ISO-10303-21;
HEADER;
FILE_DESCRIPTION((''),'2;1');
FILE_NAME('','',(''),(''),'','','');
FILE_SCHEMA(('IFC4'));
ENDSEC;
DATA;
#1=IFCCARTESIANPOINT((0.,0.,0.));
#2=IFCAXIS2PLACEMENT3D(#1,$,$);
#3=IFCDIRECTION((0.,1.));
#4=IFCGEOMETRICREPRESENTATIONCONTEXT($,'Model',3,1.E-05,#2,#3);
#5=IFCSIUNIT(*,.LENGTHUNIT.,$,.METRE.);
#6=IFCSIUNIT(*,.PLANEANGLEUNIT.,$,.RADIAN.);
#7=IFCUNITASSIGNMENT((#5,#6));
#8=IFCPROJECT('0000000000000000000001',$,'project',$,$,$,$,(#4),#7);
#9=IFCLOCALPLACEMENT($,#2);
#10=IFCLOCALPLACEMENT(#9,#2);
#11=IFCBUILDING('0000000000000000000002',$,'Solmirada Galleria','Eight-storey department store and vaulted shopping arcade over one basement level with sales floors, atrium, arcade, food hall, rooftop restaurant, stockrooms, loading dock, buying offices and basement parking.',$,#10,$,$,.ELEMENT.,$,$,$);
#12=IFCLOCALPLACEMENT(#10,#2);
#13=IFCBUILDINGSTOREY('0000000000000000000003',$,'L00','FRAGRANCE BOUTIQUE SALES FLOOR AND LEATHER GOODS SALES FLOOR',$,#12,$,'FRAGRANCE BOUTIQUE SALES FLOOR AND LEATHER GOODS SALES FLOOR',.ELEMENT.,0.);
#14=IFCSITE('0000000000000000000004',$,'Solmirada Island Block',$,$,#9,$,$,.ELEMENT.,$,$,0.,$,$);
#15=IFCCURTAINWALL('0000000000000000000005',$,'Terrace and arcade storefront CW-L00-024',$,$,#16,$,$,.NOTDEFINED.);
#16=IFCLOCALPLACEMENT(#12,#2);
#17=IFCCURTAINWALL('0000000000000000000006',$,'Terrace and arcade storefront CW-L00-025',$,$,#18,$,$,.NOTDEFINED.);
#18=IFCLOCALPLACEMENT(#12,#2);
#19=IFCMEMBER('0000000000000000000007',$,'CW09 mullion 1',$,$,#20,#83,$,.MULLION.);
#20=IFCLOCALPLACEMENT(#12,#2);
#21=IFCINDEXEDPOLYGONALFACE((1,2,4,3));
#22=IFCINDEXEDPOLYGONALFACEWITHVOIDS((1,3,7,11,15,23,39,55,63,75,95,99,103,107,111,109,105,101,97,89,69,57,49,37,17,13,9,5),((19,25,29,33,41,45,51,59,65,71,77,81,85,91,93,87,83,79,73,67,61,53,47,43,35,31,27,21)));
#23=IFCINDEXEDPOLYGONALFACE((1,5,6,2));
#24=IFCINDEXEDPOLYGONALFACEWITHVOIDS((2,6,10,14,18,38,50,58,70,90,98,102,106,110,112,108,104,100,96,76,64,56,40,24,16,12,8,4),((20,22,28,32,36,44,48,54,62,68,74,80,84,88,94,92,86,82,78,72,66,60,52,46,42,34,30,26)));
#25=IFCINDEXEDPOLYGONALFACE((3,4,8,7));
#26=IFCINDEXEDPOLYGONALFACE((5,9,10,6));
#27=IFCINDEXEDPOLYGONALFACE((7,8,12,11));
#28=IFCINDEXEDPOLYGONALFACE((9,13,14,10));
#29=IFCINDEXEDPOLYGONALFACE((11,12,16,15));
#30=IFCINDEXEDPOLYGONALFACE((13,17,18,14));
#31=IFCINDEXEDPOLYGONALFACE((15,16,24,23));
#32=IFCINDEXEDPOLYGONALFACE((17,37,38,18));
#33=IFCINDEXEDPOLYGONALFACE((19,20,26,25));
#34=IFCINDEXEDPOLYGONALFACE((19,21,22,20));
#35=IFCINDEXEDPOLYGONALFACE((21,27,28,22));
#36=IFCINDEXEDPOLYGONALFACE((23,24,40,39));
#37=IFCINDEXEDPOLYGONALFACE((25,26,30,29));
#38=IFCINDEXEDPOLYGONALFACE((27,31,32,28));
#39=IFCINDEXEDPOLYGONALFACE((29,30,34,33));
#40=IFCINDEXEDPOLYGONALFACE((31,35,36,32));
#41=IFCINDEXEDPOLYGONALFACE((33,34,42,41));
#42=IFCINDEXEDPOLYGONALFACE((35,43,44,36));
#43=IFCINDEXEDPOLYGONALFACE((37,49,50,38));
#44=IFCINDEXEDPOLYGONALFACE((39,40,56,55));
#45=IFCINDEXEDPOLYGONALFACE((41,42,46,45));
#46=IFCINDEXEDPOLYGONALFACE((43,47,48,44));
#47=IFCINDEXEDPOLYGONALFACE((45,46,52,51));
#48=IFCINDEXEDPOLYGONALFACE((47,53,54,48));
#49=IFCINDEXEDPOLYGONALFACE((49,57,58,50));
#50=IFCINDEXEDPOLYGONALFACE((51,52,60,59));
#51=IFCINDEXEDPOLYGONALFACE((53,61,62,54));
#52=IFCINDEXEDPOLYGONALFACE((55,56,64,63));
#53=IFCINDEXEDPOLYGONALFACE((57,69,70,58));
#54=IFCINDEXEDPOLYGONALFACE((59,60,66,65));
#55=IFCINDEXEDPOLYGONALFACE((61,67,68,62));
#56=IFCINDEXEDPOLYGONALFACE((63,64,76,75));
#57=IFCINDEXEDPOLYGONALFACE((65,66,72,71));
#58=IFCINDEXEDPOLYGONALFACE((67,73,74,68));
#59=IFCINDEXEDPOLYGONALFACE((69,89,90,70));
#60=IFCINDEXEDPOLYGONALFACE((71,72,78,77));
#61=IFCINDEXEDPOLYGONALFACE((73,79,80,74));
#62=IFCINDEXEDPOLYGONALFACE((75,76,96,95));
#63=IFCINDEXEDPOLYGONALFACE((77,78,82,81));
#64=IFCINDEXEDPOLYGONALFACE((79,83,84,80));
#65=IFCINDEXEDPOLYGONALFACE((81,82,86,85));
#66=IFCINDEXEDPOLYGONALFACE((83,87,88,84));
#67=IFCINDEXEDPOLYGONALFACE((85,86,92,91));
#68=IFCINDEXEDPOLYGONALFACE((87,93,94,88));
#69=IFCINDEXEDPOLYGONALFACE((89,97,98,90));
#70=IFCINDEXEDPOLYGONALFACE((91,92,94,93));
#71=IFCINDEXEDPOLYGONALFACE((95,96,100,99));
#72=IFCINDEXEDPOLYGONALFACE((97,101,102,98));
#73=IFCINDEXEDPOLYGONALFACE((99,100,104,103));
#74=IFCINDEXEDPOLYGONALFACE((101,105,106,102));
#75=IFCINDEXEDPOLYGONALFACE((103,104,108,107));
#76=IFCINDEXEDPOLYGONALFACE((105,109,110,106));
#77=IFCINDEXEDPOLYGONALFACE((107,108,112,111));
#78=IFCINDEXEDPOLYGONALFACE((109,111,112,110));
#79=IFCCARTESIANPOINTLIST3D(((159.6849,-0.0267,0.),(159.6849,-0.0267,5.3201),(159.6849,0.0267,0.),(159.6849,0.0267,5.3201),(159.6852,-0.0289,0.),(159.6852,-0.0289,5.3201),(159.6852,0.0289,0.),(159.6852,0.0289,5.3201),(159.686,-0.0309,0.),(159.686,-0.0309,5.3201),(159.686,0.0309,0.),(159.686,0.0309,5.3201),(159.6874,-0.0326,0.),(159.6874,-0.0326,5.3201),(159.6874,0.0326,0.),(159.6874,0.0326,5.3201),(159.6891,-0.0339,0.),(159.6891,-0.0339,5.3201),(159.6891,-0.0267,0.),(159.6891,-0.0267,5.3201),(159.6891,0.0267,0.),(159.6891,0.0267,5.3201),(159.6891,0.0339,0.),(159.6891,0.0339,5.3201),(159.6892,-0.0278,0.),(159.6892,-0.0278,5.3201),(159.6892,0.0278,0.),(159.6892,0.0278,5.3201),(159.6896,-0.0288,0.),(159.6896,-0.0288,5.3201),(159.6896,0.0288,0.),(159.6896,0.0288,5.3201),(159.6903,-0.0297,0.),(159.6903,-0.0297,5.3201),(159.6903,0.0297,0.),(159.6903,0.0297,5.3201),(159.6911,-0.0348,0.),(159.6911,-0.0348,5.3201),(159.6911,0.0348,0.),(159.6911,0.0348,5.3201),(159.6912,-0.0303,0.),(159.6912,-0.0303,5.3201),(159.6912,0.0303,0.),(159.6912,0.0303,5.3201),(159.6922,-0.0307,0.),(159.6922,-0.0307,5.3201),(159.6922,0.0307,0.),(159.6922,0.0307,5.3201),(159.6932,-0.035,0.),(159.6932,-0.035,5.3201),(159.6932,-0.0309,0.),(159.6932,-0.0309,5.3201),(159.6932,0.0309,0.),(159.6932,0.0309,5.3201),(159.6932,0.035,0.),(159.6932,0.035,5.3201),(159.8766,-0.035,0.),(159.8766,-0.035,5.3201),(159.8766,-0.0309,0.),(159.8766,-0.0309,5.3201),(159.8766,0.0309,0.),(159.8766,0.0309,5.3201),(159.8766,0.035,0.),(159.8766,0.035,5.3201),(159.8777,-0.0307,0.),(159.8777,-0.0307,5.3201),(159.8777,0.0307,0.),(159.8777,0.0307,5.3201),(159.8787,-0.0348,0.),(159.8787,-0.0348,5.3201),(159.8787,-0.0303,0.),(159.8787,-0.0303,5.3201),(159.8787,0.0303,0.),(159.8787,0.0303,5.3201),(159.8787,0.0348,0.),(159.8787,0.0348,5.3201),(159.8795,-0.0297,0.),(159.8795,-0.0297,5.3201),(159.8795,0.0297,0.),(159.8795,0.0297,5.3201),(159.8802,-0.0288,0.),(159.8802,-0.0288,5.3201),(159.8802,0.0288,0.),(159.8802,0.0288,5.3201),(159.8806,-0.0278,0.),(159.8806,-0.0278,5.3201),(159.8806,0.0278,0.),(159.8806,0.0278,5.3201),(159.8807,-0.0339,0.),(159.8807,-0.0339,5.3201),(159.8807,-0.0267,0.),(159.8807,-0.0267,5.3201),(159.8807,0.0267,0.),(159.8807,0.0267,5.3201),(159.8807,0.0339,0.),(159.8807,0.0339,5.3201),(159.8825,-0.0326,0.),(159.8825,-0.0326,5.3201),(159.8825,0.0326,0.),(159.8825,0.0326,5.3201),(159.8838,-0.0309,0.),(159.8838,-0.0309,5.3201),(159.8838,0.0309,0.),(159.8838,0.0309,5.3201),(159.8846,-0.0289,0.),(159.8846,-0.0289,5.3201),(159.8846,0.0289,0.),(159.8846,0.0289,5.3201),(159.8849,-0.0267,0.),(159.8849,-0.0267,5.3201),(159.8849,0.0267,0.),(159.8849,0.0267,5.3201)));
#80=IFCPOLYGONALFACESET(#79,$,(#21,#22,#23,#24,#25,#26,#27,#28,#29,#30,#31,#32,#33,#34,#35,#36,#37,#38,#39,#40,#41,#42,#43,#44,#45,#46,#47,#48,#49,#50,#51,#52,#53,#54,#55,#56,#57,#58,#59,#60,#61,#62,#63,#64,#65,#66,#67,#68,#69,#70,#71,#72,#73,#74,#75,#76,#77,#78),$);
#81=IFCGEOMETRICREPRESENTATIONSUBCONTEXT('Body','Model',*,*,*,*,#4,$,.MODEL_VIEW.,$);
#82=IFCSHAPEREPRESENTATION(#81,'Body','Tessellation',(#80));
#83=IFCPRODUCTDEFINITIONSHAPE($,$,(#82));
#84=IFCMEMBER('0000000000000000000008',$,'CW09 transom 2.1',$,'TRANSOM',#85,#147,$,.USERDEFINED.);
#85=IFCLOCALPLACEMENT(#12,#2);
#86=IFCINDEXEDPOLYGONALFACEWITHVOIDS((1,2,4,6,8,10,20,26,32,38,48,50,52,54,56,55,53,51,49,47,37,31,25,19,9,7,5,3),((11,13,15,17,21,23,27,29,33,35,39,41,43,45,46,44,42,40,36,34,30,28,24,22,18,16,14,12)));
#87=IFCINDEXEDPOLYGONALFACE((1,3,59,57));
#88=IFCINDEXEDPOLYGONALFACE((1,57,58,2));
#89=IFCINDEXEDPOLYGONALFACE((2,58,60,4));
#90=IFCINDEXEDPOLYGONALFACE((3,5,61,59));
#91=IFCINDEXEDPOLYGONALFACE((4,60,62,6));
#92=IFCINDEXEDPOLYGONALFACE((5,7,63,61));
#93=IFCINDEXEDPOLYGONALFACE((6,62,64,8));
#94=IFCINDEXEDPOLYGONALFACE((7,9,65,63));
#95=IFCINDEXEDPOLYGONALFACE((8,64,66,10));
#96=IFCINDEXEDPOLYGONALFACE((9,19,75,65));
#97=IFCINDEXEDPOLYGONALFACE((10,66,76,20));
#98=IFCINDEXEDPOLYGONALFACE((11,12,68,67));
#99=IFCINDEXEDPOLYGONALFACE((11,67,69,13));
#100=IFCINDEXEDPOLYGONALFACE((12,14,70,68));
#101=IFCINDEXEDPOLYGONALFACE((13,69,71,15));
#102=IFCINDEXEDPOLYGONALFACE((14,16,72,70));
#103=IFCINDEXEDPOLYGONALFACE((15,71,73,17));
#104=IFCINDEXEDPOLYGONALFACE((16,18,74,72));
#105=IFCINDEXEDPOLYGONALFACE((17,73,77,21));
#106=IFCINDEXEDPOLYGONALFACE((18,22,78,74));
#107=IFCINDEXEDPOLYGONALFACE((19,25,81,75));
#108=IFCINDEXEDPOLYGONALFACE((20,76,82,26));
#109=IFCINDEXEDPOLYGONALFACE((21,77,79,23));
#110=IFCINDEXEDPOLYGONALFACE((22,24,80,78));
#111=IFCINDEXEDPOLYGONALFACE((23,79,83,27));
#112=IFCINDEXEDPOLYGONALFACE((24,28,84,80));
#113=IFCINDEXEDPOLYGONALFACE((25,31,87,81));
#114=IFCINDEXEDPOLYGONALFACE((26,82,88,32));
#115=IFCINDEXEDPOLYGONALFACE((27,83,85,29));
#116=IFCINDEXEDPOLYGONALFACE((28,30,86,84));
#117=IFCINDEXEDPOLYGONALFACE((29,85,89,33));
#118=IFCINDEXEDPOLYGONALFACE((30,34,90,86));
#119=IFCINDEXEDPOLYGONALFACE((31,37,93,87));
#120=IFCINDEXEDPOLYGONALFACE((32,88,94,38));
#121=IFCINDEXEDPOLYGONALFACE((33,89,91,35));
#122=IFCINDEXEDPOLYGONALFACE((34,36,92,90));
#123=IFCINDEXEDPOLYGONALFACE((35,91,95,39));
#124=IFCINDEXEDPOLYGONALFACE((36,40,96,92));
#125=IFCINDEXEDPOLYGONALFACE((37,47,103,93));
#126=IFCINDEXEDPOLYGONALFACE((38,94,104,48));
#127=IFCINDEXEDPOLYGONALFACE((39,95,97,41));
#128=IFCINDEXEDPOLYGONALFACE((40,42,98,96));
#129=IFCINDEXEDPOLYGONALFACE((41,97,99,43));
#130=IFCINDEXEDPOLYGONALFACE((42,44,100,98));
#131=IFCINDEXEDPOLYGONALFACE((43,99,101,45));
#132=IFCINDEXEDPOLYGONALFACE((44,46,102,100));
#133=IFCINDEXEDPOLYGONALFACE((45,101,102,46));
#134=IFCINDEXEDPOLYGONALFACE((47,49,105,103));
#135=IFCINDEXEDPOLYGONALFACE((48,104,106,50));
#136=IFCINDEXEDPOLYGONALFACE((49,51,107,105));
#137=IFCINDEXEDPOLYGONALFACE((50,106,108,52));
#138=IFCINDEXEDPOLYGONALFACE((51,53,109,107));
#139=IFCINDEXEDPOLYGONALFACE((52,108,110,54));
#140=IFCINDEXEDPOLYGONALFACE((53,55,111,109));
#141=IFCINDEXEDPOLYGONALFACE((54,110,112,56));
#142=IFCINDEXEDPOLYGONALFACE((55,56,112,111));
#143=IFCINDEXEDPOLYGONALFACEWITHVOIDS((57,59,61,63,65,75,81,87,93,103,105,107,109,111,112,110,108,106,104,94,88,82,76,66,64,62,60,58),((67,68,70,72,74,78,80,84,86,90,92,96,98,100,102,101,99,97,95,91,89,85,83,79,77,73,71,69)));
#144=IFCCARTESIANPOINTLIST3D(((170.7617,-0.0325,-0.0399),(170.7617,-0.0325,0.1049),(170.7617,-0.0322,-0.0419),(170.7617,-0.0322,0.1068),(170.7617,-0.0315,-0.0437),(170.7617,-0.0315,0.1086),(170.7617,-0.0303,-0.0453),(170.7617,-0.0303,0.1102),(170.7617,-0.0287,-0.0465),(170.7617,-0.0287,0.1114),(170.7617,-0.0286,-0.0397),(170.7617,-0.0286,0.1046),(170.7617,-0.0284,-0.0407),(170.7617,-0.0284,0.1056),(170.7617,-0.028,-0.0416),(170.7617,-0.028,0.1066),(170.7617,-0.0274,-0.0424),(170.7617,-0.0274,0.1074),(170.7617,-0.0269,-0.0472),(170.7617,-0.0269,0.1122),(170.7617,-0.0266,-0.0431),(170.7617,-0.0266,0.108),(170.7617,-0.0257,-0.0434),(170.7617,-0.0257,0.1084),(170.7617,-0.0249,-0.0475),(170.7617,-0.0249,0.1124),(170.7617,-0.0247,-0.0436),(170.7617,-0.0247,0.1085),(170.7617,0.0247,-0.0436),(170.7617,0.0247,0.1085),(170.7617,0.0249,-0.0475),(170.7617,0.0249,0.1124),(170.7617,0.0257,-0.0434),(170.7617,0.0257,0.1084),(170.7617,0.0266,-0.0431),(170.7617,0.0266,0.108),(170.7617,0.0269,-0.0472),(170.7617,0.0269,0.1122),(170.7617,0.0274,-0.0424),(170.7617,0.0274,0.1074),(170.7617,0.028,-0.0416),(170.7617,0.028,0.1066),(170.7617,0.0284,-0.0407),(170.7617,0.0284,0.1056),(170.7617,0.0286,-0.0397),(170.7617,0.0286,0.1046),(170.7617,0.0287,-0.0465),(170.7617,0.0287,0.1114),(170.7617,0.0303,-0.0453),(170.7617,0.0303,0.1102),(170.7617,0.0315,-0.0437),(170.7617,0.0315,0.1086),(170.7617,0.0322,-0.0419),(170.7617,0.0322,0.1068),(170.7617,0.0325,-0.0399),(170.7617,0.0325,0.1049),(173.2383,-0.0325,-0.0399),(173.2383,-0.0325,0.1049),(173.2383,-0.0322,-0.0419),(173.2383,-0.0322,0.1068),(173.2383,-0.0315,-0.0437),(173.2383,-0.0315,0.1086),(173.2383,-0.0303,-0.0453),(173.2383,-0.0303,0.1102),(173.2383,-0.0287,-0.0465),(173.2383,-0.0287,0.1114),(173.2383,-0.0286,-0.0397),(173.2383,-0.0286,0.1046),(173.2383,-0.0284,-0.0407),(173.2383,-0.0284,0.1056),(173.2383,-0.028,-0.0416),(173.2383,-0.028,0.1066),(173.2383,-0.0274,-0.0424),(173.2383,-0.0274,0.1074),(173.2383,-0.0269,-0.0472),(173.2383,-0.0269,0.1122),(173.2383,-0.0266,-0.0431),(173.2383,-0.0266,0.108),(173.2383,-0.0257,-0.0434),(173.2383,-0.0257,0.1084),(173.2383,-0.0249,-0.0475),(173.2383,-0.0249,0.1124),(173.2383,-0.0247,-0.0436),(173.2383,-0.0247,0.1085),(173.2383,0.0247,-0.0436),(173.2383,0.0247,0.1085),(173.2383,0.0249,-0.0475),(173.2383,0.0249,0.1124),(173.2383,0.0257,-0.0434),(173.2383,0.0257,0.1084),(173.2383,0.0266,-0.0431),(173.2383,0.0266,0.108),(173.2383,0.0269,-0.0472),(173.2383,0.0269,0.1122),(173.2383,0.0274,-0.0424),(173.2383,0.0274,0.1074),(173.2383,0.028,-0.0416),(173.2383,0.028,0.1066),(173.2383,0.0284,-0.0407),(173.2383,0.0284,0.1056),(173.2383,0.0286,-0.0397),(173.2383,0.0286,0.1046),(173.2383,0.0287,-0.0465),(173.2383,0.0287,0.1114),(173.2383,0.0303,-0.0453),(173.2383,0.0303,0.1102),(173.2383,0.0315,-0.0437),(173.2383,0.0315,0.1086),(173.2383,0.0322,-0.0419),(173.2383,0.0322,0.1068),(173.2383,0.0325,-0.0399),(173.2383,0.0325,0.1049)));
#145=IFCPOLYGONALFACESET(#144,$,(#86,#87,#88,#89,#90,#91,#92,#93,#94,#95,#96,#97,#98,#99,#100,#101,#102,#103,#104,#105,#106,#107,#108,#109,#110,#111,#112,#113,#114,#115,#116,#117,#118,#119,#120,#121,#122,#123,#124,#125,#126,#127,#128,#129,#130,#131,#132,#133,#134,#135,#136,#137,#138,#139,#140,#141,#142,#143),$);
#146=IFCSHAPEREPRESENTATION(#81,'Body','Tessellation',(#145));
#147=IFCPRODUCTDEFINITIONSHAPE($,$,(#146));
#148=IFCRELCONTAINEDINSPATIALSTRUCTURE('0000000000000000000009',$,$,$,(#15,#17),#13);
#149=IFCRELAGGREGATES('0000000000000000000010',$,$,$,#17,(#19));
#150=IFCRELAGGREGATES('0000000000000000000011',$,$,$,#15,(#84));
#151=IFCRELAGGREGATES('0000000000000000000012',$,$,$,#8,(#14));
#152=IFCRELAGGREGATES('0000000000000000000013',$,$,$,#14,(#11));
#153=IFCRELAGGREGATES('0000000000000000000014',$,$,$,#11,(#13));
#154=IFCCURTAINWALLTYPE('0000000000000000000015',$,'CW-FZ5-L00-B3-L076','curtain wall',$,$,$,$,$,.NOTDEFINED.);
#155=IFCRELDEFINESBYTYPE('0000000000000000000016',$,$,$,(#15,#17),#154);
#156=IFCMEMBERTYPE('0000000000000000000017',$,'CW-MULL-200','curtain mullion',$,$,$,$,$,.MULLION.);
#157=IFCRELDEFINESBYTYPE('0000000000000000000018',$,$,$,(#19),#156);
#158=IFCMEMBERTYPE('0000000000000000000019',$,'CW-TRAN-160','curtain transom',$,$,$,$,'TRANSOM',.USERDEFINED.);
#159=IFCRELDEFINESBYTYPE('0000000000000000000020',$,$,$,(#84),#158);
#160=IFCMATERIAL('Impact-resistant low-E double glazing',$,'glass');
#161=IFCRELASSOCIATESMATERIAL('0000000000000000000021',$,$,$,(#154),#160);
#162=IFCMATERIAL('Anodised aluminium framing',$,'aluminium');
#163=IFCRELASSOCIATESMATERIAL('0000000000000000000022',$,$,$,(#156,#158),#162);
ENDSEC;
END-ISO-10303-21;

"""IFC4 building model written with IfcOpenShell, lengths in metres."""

from ifc_helpers import new_model, si_unit, direction, frame, origin, origin_2d, place, context, subcontext, project, spatial, hollow_rectangle, extrude, material, material_profile, profile_set, type_object, element, aggregate, save


model = new_model("IFC4")

# Units and contexts
model_context = context("Model", 3, precision=1e-05, world=origin(), true_north=direction((0.0, 1.0)))
body_context = subcontext(model_context, "Body", "Model", "MODEL_VIEW")
ifc_project = project(units=[si_unit("LENGTHUNIT", "METRE"), si_unit("PLANEANGLEUNIT", "RADIAN")], contexts=[model_context])

# Site, building, storey
site_placement = place(None, origin())
site = spatial("IfcSite", under=ifc_project, at=site_placement, Name="Solmirada Island Block", CompositionType="ELEMENT", RefElevation=0.0)
building_placement = place(site_placement, origin())
building = spatial("IfcBuilding", under=site, at=building_placement, Name="Solmirada Galleria", Description="Eight-storey department store and vaulted shopping arcade over one basement level with sales floors, atrium, arcade, food hall, rooftop restaurant, stockrooms, loading dock, buying offices and basement parking.", CompositionType="ELEMENT")
storey_placement = place(building_placement, origin())
storey = spatial("IfcBuildingStorey", under=building, at=storey_placement, Name="L00", Description="FRAGRANCE BOUTIQUE SALES FLOOR AND LEATHER GOODS SALES FLOOR", LongName="FRAGRANCE BOUTIQUE SALES FLOOR AND LEATHER GOODS SALES FLOOR", CompositionType="ELEMENT", Elevation=0.0)

# Curtain wall
ifc_material_1 = material(Name="Impact-resistant low-E double glazing", Category="glass")
curtain_wall_type = type_object("IfcCurtainWallType", Name="CW-FZ5-L00-B3-L076", Description="curtain wall", PredefinedType="NOTDEFINED", material=ifc_material_1)
curtain_wall_1_placement = place(storey_placement, origin())
curtain_wall_1 = element("IfcCurtainWall", 1, at=curtain_wall_1_placement, inside=storey, type_object=curtain_wall_type, Name="Terrace and arcade storefront CW-L00-024", PredefinedType="NOTDEFINED")
ifc_material_2 = material(Name="Anodised aluminium framing", Category="aluminium")
ifc_material_profile_1 = material_profile(ifc_material_2, hollow_rectangle(XDim=0.0701, YDim=0.2, WallThickness=0.0042, InnerFilletRadius=0.0042, OuterFilletRadius=0.0083, at=origin_2d()), Name="ALU-MULL-200X70")
ifc_profile_set_1 = profile_set([ifc_material_profile_1], Name="Anodised aluminium framing")
member_type_1 = type_object("IfcMemberType", Name="CW-MULL-200", Description="curtain mullion", PredefinedType="MULLION", material=ifc_profile_set_1)

# Curtain wall, member
curtain_wall_2_placement = place(storey_placement, origin())
curtain_wall_2 = element("IfcCurtainWall", 2, at=curtain_wall_2_placement, inside=storey, type_object=curtain_wall_type, Name="Terrace and arcade storefront CW-L00-025", PredefinedType="NOTDEFINED")
member_1_placement = place(storey_placement, frame((159.7849, 0.0, 0.0), z_axis=(0.0, 0.0, 1.0), x_axis=(0.0, -1.0, 0.0)))
member_1 = element("IfcMember", 3, at=member_1_placement, type_object=member_type_1, Name="CW09 mullion 1", PredefinedType="MULLION", context=body_context, shape_type="SweptSolid", body=[
    extrude(hollow_rectangle(XDim=0.0701, YDim=0.2, WallThickness=0.0042, InnerFilletRadius=0.0042, OuterFilletRadius=0.0083, at=origin_2d()), origin(), (0.0, 0.0, 1.0), 5.3201),
])
aggregate(curtain_wall_2, [member_1])

# Member
ifc_material_profile_2 = material_profile(ifc_material_2, hollow_rectangle(XDim=0.0649, YDim=0.1599, WallThickness=0.0039, InnerFilletRadius=0.0039, OuterFilletRadius=0.0076, at=origin_2d()), Name="ALU-TRAN-160X65")
ifc_profile_set_2 = profile_set([ifc_material_profile_2], Name="Anodised aluminium framing")
member_type_2 = type_object("IfcMemberType", Name="CW-TRAN-160", Description="curtain transom", ElementType="TRANSOM", PredefinedType="USERDEFINED", material=ifc_profile_set_2)
member_2_placement = place(storey_placement, frame((173.2383, 0.0, 0.0325), z_axis=(-1.0, 0.0, 0.0), x_axis=(0.0, -1.0, 0.0)))
member_2 = element("IfcMember", 4, at=member_2_placement, type_object=member_type_2, Name="CW09 transom 2.1", ObjectType="TRANSOM", PredefinedType="USERDEFINED", context=body_context, shape_type="SweptSolid", body=[
    extrude(hollow_rectangle(XDim=0.0649, YDim=0.1599, WallThickness=0.0039, InnerFilletRadius=0.0039, OuterFilletRadius=0.0076, at=origin_2d()), origin(), (0.0, 0.0, 1.0), 2.4766),
])

aggregate(curtain_wall_1, [member_2])

save(model, "model.ifc")
